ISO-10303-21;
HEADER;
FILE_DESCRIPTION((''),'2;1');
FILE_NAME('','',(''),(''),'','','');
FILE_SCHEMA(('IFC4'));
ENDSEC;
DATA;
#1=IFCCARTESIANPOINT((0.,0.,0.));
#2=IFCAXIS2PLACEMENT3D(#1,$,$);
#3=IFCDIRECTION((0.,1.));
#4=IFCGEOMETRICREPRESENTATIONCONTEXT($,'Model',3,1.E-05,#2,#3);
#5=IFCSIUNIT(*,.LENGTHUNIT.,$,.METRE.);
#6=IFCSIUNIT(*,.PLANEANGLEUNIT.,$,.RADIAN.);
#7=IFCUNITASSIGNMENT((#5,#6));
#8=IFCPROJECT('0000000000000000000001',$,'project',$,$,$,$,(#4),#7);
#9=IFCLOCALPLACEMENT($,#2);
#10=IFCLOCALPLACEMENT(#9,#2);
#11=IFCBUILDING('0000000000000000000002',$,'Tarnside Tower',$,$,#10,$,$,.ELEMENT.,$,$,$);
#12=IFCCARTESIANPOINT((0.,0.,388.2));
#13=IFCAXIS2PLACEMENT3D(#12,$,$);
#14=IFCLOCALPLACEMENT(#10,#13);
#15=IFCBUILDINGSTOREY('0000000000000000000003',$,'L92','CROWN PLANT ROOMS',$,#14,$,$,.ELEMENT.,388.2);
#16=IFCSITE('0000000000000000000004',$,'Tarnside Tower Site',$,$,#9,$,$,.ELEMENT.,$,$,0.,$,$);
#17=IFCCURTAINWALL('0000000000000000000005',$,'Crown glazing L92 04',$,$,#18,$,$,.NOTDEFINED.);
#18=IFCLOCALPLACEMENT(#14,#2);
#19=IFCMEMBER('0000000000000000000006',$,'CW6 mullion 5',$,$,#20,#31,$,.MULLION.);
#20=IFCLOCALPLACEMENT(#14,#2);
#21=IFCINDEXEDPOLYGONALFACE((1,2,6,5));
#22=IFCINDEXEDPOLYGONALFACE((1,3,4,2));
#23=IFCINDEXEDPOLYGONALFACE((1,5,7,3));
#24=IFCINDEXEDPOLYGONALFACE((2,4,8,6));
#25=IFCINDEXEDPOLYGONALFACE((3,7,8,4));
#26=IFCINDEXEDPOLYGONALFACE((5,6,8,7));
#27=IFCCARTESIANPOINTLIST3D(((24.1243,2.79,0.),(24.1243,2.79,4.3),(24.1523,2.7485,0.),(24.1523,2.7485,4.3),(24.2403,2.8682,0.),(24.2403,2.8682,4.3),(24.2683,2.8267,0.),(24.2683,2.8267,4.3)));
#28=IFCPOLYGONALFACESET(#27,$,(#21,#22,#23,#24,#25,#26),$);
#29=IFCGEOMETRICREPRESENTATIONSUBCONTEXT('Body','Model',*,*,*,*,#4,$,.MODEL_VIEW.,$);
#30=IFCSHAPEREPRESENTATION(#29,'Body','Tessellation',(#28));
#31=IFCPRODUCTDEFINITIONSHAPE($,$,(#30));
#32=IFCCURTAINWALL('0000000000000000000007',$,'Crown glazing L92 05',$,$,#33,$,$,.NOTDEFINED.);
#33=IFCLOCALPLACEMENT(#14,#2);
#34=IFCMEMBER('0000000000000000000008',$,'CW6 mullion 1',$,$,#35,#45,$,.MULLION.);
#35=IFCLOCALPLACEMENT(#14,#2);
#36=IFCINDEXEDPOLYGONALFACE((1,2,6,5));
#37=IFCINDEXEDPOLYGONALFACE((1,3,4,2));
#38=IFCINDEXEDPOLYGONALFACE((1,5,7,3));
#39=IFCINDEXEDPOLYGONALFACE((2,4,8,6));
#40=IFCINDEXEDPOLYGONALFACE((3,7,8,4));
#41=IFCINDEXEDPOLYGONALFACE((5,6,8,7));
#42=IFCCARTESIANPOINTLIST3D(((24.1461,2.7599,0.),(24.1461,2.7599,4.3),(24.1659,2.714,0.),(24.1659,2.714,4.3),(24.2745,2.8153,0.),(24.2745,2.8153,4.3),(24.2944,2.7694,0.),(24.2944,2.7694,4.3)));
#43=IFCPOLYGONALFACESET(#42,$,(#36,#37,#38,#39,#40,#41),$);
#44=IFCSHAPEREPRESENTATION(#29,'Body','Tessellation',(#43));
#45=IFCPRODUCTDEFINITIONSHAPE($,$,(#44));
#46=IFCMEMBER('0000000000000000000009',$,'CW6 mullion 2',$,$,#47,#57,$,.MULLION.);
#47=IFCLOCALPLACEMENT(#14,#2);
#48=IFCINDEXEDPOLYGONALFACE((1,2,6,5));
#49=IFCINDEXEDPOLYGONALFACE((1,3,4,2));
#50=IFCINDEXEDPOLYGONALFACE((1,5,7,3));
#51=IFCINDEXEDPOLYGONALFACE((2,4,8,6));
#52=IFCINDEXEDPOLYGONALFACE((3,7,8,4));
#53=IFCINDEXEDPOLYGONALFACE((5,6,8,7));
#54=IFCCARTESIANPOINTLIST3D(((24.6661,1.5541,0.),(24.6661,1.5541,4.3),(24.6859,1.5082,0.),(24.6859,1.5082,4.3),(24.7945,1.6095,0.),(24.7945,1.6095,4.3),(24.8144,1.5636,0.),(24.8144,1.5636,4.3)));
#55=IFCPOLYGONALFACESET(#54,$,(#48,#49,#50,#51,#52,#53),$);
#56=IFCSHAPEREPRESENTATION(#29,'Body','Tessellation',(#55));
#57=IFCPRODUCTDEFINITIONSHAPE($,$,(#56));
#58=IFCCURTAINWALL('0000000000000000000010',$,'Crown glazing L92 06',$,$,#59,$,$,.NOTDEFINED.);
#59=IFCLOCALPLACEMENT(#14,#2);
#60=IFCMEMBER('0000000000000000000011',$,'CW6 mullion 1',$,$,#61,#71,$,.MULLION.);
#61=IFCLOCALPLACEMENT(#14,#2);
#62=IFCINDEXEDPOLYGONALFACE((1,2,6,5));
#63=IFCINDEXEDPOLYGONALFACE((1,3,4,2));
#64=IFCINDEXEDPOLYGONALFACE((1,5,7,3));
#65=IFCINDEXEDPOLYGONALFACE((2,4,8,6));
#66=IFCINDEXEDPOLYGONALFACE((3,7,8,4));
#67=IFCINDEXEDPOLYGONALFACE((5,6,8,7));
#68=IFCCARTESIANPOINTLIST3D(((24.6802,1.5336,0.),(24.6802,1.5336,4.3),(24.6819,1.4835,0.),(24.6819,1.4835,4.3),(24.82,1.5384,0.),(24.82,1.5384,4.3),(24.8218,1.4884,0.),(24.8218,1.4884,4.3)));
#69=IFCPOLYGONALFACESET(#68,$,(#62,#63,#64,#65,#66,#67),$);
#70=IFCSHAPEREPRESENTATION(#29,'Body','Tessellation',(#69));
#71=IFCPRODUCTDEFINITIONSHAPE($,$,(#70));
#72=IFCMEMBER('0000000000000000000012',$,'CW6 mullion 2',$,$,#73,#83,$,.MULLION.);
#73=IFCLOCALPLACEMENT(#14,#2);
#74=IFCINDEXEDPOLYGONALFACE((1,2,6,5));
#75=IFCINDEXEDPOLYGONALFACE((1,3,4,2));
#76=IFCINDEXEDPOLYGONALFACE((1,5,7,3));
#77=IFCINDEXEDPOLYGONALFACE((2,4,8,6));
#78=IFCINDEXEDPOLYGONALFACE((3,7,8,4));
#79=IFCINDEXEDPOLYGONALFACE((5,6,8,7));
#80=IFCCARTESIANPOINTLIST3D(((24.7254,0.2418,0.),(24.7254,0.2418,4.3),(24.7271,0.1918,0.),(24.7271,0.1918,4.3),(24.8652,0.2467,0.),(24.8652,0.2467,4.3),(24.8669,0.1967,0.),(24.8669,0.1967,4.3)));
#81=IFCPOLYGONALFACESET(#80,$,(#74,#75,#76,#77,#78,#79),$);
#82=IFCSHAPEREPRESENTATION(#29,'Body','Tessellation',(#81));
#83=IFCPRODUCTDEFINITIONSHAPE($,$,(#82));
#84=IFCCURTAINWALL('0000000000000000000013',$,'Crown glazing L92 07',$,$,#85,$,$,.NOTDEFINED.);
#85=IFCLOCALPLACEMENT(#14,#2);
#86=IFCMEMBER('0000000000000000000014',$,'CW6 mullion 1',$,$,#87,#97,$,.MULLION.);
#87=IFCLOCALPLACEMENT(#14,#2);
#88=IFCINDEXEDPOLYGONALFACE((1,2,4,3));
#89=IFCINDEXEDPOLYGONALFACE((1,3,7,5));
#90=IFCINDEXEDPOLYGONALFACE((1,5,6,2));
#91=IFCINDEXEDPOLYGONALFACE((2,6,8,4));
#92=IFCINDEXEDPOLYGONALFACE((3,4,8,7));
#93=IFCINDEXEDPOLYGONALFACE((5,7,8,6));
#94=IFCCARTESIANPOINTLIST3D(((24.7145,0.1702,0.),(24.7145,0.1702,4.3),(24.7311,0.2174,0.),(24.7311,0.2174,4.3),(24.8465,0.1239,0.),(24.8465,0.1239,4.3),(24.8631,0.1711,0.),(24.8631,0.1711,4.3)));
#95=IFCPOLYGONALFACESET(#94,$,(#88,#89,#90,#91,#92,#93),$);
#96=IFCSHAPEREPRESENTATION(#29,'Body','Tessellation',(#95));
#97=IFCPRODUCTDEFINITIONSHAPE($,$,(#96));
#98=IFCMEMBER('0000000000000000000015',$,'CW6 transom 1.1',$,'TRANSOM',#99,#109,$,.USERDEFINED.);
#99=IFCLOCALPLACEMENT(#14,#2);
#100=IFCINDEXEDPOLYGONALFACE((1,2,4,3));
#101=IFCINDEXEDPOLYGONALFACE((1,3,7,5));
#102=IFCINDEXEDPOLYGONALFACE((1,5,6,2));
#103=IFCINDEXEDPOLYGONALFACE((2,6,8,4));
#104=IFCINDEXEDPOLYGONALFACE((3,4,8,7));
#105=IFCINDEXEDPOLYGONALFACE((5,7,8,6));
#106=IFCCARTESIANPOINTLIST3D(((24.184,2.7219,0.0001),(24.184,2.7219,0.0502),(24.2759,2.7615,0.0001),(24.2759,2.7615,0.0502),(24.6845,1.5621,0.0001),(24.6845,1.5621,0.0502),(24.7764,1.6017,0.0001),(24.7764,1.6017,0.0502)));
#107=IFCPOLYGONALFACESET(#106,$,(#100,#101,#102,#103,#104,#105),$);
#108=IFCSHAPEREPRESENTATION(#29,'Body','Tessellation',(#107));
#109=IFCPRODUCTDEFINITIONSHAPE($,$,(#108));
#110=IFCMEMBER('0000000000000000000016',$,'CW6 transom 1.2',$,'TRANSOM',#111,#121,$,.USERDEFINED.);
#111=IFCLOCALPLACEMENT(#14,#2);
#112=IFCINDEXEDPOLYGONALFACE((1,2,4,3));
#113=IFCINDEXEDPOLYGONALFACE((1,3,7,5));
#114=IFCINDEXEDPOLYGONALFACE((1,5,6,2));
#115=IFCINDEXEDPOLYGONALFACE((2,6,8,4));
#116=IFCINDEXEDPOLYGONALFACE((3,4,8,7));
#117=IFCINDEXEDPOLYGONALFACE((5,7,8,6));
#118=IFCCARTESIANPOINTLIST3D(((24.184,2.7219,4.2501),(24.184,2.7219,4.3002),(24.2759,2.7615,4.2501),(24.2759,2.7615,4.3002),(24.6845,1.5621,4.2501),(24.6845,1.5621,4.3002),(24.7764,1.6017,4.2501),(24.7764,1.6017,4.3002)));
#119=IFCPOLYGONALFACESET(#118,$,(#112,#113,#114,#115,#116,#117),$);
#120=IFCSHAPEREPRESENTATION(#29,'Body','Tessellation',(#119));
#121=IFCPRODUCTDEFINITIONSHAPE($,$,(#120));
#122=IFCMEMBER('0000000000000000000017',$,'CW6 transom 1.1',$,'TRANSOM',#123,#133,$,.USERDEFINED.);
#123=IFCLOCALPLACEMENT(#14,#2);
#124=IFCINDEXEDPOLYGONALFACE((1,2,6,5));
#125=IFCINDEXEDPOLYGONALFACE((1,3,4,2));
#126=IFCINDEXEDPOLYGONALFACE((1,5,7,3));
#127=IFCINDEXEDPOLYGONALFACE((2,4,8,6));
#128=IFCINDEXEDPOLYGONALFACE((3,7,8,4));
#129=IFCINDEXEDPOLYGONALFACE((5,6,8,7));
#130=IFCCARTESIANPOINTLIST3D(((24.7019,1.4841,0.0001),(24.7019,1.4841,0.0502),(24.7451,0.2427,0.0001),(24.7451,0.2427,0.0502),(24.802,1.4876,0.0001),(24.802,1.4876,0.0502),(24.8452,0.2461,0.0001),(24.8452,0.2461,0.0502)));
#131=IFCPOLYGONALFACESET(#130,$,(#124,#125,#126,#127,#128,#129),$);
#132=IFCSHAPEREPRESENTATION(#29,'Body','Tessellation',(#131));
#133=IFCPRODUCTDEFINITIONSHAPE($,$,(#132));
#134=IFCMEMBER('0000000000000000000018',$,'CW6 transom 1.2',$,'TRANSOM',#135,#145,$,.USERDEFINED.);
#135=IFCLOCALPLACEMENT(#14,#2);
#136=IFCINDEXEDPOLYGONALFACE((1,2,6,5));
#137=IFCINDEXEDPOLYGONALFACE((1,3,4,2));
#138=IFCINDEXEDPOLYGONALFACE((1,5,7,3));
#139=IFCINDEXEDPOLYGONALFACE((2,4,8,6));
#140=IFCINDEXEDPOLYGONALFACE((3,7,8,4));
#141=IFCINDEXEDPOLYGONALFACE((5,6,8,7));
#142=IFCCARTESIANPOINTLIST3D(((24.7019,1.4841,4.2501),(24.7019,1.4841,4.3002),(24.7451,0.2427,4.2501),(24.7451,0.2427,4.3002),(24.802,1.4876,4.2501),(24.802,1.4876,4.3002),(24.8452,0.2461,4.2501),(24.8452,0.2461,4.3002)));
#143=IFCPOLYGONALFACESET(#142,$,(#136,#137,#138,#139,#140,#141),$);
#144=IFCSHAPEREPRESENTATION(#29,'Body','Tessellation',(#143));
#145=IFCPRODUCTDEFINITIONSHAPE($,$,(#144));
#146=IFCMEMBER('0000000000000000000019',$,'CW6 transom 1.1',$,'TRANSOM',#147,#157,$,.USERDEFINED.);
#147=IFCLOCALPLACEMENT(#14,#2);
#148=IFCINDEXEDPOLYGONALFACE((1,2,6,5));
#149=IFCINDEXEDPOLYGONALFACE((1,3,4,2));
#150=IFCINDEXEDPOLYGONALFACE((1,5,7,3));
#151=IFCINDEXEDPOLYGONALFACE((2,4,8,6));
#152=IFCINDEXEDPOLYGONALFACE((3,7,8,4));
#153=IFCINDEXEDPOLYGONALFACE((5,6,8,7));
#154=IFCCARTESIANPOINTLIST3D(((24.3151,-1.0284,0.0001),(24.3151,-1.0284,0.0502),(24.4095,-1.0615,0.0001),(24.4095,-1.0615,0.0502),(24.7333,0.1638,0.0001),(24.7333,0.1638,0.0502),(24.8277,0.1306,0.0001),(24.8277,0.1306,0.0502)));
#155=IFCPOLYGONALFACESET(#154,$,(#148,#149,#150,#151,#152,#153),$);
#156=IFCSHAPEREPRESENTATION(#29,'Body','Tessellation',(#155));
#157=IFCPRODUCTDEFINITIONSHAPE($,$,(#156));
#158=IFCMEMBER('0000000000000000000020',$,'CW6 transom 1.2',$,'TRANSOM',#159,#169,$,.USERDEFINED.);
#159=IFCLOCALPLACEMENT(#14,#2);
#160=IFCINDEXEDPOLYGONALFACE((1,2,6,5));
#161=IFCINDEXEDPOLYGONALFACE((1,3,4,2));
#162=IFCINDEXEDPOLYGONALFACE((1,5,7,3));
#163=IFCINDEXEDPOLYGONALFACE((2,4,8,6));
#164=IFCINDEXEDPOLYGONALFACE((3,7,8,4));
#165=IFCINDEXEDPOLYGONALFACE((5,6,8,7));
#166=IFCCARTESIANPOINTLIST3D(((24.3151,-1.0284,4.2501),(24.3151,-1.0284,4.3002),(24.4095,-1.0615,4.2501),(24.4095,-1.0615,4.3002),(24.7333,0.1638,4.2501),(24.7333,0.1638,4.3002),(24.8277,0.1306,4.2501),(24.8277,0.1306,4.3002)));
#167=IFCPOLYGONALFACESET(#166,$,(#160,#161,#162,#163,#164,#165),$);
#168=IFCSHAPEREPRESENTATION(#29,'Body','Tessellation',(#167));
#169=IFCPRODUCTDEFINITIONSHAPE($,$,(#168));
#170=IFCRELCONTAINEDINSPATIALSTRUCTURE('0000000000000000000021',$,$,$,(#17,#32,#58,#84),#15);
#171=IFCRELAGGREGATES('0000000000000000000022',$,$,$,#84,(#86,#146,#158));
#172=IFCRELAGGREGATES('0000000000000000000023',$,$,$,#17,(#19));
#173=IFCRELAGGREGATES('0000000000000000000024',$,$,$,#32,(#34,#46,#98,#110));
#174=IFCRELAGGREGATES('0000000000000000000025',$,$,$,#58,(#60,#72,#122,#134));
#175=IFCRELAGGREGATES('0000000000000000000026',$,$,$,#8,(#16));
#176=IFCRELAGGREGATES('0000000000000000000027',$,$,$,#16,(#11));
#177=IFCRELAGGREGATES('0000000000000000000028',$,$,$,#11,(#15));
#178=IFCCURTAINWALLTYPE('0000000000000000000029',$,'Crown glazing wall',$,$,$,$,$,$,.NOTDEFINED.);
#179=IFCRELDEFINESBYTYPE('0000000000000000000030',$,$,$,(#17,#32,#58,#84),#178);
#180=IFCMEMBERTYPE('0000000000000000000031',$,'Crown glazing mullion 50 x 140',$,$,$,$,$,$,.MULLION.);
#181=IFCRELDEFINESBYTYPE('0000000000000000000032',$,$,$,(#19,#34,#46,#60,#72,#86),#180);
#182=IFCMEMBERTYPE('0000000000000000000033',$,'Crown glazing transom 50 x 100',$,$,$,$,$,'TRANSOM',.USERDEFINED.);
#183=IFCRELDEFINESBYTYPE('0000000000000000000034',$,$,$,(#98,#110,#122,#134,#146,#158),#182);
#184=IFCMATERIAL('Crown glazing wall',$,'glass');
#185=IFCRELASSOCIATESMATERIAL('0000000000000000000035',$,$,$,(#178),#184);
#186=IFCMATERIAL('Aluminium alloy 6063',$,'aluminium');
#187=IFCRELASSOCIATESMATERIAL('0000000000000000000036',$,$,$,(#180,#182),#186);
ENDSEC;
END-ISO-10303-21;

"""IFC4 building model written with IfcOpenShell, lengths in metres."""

from ifc_helpers import new_model, si_unit, direction, frame, origin, origin_2d, place, context, subcontext, project, spatial, rectangle, extrude, material, material_profile, profile_set, type_object, element, aggregate, save


model = new_model("IFC4")

# Units and contexts
model_context = context("Model", 3, precision=1e-05, world=origin(), true_north=direction((0.0, 1.0)))
body_context = subcontext(model_context, "Body", "Model", "MODEL_VIEW")
ifc_project = project(units=[si_unit("LENGTHUNIT", "METRE"), si_unit("PLANEANGLEUNIT", "RADIAN")], contexts=[model_context])

# Site, building, storey
site_placement = place(None, origin())
site = spatial("IfcSite", under=ifc_project, at=site_placement, Name="Tarnside Tower Site", CompositionType="ELEMENT", RefElevation=0.0)
building_placement = place(site_placement, origin())
building = spatial("IfcBuilding", under=site, at=building_placement, Name="Tarnside Tower", CompositionType="ELEMENT")
storey_placement = place(building_placement, frame((0.0, 0.0, 388.2)))
storey = spatial("IfcBuildingStorey", under=building, at=storey_placement, Name="L92", Description="CROWN PLANT ROOMS", CompositionType="ELEMENT", Elevation=388.2)

# Curtain wall, member
ifc_material_1 = material(Name="Crown glazing wall", Category="glass")
curtain_wall_type = type_object("IfcCurtainWallType", Name="Crown glazing wall", PredefinedType="NOTDEFINED", material=ifc_material_1)
curtain_wall_1_placement = place(storey_placement, origin())
curtain_wall_1 = element("IfcCurtainWall", 1, at=curtain_wall_1_placement, inside=storey, type_object=curtain_wall_type, Name="Crown glazing L92 04", PredefinedType="NOTDEFINED")
ifc_material_2 = material(Name="Aluminium alloy 6063", Category="aluminium")
ifc_material_profile_1 = material_profile(ifc_material_2, rectangle(XDim=0.1399, YDim=0.05, at=origin_2d()), Name="Crown glazing mullion 50 x 140")
ifc_profile_set_1 = profile_set([ifc_material_profile_1], Name="Aluminium alloy 6063")
member_type_1 = type_object("IfcMemberType", Name="Crown glazing mullion 50 x 140", PredefinedType="MULLION", material=ifc_profile_set_1)
member_1_placement = place(storey_placement, frame((24.1963, 2.8083, 0.0), z_axis=(0.0, 0.0, 1.0), x_axis=(0.829038, 0.559193, 0.0)))
member_1 = element("IfcMember", 2, at=member_1_placement, type_object=member_type_1, Name="CW6 mullion 5", PredefinedType="MULLION", context=body_context, shape_type="SweptSolid", body=[
    extrude(rectangle(XDim=0.1399, YDim=0.05, at=origin_2d()), origin(), (0.0, 0.0, 1.0), 4.3),
])

# Curtain walls, members
curtain_wall_2_placement = place(storey_placement, origin())
curtain_wall_2 = element("IfcCurtainWall", 3, at=curtain_wall_2_placement, inside=storey, type_object=curtain_wall_type, Name="Crown glazing L92 05", PredefinedType="NOTDEFINED")
member_2_placement = place(storey_placement, frame((24.2202, 2.7646, 0.0), z_axis=(0.0, 0.0, 1.0), x_axis=(0.918216, 0.39608, 0.0)))
member_2 = element("IfcMember", 4, at=member_2_placement, type_object=member_type_1, Name="CW6 mullion 1", PredefinedType="MULLION", context=body_context, shape_type="SweptSolid", body=[
    extrude(rectangle(XDim=0.1399, YDim=0.05, at=origin_2d()), origin(), (0.0, 0.0, 1.0), 4.3),
])
member_3_placement = place(storey_placement, frame((24.7402, 1.5588, 0.0), z_axis=(0.0, 0.0, 1.0), x_axis=(0.918216, 0.39608, 0.0)))
member_3 = element("IfcMember", 5, at=member_3_placement, type_object=member_type_1, Name="CW6 mullion 2", PredefinedType="MULLION", context=body_context, shape_type="SweptSolid", body=[
    extrude(rectangle(XDim=0.1399, YDim=0.05, at=origin_2d()), origin(), (0.0, 0.0, 1.0), 4.3),
])
curtain_wall_3_placement = place(storey_placement, origin())
curtain_wall_3 = element("IfcCurtainWall", 6, at=curtain_wall_3_placement, inside=storey, type_object=curtain_wall_type, Name="Crown glazing L92 06", PredefinedType="NOTDEFINED")
member_4_placement = place(storey_placement, frame((24.751, 1.511, 0.0), z_axis=(0.0, 0.0, 1.0), x_axis=(0.999391, 0.034899, 0.0)))
member_4 = element("IfcMember", 7, at=member_4_placement, type_object=member_type_1, Name="CW6 mullion 1", PredefinedType="MULLION", context=body_context, shape_type="SweptSolid", body=[
    extrude(rectangle(XDim=0.1399, YDim=0.05, at=origin_2d()), origin(), (0.0, 0.0, 1.0), 4.3),
])
member_5_placement = place(storey_placement, frame((24.7961, 0.2192, 0.0), z_axis=(0.0, 0.0, 1.0), x_axis=(0.999391, 0.034899, 0.0)))
member_5 = element("IfcMember", 8, at=member_5_placement, type_object=member_type_1, Name="CW6 mullion 2", PredefinedType="MULLION", context=body_context, shape_type="SweptSolid", body=[
    extrude(rectangle(XDim=0.1399, YDim=0.05, at=origin_2d()), origin(), (0.0, 0.0, 1.0), 4.3),
])

# Curtain wall, member
curtain_wall_4_placement = place(storey_placement, origin())
curtain_wall_4 = element("IfcCurtainWall", 9, at=curtain_wall_4_placement, inside=storey, type_object=curtain_wall_type, Name="Crown glazing L92 07", PredefinedType="NOTDEFINED")
member_6_placement = place(storey_placement, frame((24.7888, 0.1707, 0.0), z_axis=(0.0, 0.0, 1.0), x_axis=(0.943609, -0.331063, 0.0)))
member_6 = element("IfcMember", 10, at=member_6_placement, type_object=member_type_1, Name="CW6 mullion 1", PredefinedType="MULLION", context=body_context, shape_type="SweptSolid", body=[
    extrude(rectangle(XDim=0.1399, YDim=0.05, at=origin_2d()), origin(), (0.0, 0.0, 1.0), 4.3),
])

# Members
ifc_material_profile_2 = material_profile(ifc_material_2, rectangle(XDim=0.1001, YDim=0.05, at=origin_2d()), Name="Crown glazing transom 50 x 100")
ifc_profile_set_2 = profile_set([ifc_material_profile_2], Name="Aluminium alloy 6063")
member_type_2 = type_object("IfcMemberType", Name="Crown glazing transom 50 x 100", ElementType="TRANSOM", PredefinedType="USERDEFINED", material=ifc_profile_set_2)
member_7_placement = place(storey_placement, frame((24.23, 2.7417, 0.0251), z_axis=(0.396181, -0.918173, 0.0), x_axis=(0.918173, 0.396181, 0.0)))
member_7 = element("IfcMember", 11, at=member_7_placement, type_object=member_type_2, Name="CW6 transom 1.1", ObjectType="TRANSOM", PredefinedType="USERDEFINED", context=body_context, shape_type="SweptSolid", body=[
    extrude(rectangle(XDim=0.1001, YDim=0.05, at=origin_2d()), origin(), (0.0, 0.0, 1.0), 1.2632),
])
member_8_placement = place(storey_placement, frame((24.23, 2.7417, 4.2751), z_axis=(0.396181, -0.918173, 0.0), x_axis=(0.918173, 0.396181, 0.0)))
member_8 = element("IfcMember", 12, at=member_8_placement, type_object=member_type_2, Name="CW6 transom 1.2", ObjectType="TRANSOM", PredefinedType="USERDEFINED", context=body_context, shape_type="SweptSolid", body=[
    extrude(rectangle(XDim=0.1001, YDim=0.05, at=origin_2d()), origin(), (0.0, 0.0, 1.0), 1.2632),
])
member_9_placement = place(storey_placement, frame((24.752, 1.4858, 0.0251), z_axis=(0.034787, -0.999395, 0.0), x_axis=(0.999395, 0.034787, 0.0)))
member_9 = element("IfcMember", 13, at=member_9_placement, type_object=member_type_2, Name="CW6 transom 1.1", ObjectType="TRANSOM", PredefinedType="USERDEFINED", context=body_context, shape_type="SweptSolid", body=[
    extrude(rectangle(XDim=0.1001, YDim=0.05, at=origin_2d()), origin(), (0.0, 0.0, 1.0), 1.2422),
])
member_10_placement = place(storey_placement, frame((24.752, 1.4858, 4.2751), z_axis=(0.034787, -0.999395, 0.0), x_axis=(0.999395, 0.034787, 0.0)))
member_10 = element("IfcMember", 14, at=member_10_placement, type_object=member_type_2, Name="CW6 transom 1.2", ObjectType="TRANSOM", PredefinedType="USERDEFINED", context=body_context, shape_type="SweptSolid", body=[
    extrude(rectangle(XDim=0.1001, YDim=0.05, at=origin_2d()), origin(), (0.0, 0.0, 1.0), 1.2422),
])
member_11_placement = place(storey_placement, frame((24.7805, 0.1472, 0.0251), z_axis=(-0.33103, -0.94362, 0.0), x_axis=(0.94362, -0.33103, 0.0)))
member_11 = element("IfcMember", 15, at=member_11_placement, type_object=member_type_2, Name="CW6 transom 1.1", ObjectType="TRANSOM", PredefinedType="USERDEFINED", context=body_context, shape_type="SweptSolid", body=[
    extrude(rectangle(XDim=0.1001, YDim=0.05, at=origin_2d()), origin(), (0.0, 0.0, 1.0), 1.2634),
])
member_12_placement = place(storey_placement, frame((24.7805, 0.1472, 4.2751), z_axis=(-0.33103, -0.94362, 0.0), x_axis=(0.94362, -0.33103, 0.0)))
member_12 = element("IfcMember", 16, at=member_12_placement, type_object=member_type_2, Name="CW6 transom 1.2", ObjectType="TRANSOM", PredefinedType="USERDEFINED", context=body_context, shape_type="SweptSolid", body=[
    extrude(rectangle(XDim=0.1001, YDim=0.05, at=origin_2d()), origin(), (0.0, 0.0, 1.0), 1.2634),
])
aggregate(curtain_wall_4, [member_6, member_11, member_12])

aggregate(curtain_wall_1, [member_1])
aggregate(curtain_wall_2, [member_2, member_3, member_7, member_8])
aggregate(curtain_wall_3, [member_4, member_5, member_9, member_10])

save(model, "model.ifc")
